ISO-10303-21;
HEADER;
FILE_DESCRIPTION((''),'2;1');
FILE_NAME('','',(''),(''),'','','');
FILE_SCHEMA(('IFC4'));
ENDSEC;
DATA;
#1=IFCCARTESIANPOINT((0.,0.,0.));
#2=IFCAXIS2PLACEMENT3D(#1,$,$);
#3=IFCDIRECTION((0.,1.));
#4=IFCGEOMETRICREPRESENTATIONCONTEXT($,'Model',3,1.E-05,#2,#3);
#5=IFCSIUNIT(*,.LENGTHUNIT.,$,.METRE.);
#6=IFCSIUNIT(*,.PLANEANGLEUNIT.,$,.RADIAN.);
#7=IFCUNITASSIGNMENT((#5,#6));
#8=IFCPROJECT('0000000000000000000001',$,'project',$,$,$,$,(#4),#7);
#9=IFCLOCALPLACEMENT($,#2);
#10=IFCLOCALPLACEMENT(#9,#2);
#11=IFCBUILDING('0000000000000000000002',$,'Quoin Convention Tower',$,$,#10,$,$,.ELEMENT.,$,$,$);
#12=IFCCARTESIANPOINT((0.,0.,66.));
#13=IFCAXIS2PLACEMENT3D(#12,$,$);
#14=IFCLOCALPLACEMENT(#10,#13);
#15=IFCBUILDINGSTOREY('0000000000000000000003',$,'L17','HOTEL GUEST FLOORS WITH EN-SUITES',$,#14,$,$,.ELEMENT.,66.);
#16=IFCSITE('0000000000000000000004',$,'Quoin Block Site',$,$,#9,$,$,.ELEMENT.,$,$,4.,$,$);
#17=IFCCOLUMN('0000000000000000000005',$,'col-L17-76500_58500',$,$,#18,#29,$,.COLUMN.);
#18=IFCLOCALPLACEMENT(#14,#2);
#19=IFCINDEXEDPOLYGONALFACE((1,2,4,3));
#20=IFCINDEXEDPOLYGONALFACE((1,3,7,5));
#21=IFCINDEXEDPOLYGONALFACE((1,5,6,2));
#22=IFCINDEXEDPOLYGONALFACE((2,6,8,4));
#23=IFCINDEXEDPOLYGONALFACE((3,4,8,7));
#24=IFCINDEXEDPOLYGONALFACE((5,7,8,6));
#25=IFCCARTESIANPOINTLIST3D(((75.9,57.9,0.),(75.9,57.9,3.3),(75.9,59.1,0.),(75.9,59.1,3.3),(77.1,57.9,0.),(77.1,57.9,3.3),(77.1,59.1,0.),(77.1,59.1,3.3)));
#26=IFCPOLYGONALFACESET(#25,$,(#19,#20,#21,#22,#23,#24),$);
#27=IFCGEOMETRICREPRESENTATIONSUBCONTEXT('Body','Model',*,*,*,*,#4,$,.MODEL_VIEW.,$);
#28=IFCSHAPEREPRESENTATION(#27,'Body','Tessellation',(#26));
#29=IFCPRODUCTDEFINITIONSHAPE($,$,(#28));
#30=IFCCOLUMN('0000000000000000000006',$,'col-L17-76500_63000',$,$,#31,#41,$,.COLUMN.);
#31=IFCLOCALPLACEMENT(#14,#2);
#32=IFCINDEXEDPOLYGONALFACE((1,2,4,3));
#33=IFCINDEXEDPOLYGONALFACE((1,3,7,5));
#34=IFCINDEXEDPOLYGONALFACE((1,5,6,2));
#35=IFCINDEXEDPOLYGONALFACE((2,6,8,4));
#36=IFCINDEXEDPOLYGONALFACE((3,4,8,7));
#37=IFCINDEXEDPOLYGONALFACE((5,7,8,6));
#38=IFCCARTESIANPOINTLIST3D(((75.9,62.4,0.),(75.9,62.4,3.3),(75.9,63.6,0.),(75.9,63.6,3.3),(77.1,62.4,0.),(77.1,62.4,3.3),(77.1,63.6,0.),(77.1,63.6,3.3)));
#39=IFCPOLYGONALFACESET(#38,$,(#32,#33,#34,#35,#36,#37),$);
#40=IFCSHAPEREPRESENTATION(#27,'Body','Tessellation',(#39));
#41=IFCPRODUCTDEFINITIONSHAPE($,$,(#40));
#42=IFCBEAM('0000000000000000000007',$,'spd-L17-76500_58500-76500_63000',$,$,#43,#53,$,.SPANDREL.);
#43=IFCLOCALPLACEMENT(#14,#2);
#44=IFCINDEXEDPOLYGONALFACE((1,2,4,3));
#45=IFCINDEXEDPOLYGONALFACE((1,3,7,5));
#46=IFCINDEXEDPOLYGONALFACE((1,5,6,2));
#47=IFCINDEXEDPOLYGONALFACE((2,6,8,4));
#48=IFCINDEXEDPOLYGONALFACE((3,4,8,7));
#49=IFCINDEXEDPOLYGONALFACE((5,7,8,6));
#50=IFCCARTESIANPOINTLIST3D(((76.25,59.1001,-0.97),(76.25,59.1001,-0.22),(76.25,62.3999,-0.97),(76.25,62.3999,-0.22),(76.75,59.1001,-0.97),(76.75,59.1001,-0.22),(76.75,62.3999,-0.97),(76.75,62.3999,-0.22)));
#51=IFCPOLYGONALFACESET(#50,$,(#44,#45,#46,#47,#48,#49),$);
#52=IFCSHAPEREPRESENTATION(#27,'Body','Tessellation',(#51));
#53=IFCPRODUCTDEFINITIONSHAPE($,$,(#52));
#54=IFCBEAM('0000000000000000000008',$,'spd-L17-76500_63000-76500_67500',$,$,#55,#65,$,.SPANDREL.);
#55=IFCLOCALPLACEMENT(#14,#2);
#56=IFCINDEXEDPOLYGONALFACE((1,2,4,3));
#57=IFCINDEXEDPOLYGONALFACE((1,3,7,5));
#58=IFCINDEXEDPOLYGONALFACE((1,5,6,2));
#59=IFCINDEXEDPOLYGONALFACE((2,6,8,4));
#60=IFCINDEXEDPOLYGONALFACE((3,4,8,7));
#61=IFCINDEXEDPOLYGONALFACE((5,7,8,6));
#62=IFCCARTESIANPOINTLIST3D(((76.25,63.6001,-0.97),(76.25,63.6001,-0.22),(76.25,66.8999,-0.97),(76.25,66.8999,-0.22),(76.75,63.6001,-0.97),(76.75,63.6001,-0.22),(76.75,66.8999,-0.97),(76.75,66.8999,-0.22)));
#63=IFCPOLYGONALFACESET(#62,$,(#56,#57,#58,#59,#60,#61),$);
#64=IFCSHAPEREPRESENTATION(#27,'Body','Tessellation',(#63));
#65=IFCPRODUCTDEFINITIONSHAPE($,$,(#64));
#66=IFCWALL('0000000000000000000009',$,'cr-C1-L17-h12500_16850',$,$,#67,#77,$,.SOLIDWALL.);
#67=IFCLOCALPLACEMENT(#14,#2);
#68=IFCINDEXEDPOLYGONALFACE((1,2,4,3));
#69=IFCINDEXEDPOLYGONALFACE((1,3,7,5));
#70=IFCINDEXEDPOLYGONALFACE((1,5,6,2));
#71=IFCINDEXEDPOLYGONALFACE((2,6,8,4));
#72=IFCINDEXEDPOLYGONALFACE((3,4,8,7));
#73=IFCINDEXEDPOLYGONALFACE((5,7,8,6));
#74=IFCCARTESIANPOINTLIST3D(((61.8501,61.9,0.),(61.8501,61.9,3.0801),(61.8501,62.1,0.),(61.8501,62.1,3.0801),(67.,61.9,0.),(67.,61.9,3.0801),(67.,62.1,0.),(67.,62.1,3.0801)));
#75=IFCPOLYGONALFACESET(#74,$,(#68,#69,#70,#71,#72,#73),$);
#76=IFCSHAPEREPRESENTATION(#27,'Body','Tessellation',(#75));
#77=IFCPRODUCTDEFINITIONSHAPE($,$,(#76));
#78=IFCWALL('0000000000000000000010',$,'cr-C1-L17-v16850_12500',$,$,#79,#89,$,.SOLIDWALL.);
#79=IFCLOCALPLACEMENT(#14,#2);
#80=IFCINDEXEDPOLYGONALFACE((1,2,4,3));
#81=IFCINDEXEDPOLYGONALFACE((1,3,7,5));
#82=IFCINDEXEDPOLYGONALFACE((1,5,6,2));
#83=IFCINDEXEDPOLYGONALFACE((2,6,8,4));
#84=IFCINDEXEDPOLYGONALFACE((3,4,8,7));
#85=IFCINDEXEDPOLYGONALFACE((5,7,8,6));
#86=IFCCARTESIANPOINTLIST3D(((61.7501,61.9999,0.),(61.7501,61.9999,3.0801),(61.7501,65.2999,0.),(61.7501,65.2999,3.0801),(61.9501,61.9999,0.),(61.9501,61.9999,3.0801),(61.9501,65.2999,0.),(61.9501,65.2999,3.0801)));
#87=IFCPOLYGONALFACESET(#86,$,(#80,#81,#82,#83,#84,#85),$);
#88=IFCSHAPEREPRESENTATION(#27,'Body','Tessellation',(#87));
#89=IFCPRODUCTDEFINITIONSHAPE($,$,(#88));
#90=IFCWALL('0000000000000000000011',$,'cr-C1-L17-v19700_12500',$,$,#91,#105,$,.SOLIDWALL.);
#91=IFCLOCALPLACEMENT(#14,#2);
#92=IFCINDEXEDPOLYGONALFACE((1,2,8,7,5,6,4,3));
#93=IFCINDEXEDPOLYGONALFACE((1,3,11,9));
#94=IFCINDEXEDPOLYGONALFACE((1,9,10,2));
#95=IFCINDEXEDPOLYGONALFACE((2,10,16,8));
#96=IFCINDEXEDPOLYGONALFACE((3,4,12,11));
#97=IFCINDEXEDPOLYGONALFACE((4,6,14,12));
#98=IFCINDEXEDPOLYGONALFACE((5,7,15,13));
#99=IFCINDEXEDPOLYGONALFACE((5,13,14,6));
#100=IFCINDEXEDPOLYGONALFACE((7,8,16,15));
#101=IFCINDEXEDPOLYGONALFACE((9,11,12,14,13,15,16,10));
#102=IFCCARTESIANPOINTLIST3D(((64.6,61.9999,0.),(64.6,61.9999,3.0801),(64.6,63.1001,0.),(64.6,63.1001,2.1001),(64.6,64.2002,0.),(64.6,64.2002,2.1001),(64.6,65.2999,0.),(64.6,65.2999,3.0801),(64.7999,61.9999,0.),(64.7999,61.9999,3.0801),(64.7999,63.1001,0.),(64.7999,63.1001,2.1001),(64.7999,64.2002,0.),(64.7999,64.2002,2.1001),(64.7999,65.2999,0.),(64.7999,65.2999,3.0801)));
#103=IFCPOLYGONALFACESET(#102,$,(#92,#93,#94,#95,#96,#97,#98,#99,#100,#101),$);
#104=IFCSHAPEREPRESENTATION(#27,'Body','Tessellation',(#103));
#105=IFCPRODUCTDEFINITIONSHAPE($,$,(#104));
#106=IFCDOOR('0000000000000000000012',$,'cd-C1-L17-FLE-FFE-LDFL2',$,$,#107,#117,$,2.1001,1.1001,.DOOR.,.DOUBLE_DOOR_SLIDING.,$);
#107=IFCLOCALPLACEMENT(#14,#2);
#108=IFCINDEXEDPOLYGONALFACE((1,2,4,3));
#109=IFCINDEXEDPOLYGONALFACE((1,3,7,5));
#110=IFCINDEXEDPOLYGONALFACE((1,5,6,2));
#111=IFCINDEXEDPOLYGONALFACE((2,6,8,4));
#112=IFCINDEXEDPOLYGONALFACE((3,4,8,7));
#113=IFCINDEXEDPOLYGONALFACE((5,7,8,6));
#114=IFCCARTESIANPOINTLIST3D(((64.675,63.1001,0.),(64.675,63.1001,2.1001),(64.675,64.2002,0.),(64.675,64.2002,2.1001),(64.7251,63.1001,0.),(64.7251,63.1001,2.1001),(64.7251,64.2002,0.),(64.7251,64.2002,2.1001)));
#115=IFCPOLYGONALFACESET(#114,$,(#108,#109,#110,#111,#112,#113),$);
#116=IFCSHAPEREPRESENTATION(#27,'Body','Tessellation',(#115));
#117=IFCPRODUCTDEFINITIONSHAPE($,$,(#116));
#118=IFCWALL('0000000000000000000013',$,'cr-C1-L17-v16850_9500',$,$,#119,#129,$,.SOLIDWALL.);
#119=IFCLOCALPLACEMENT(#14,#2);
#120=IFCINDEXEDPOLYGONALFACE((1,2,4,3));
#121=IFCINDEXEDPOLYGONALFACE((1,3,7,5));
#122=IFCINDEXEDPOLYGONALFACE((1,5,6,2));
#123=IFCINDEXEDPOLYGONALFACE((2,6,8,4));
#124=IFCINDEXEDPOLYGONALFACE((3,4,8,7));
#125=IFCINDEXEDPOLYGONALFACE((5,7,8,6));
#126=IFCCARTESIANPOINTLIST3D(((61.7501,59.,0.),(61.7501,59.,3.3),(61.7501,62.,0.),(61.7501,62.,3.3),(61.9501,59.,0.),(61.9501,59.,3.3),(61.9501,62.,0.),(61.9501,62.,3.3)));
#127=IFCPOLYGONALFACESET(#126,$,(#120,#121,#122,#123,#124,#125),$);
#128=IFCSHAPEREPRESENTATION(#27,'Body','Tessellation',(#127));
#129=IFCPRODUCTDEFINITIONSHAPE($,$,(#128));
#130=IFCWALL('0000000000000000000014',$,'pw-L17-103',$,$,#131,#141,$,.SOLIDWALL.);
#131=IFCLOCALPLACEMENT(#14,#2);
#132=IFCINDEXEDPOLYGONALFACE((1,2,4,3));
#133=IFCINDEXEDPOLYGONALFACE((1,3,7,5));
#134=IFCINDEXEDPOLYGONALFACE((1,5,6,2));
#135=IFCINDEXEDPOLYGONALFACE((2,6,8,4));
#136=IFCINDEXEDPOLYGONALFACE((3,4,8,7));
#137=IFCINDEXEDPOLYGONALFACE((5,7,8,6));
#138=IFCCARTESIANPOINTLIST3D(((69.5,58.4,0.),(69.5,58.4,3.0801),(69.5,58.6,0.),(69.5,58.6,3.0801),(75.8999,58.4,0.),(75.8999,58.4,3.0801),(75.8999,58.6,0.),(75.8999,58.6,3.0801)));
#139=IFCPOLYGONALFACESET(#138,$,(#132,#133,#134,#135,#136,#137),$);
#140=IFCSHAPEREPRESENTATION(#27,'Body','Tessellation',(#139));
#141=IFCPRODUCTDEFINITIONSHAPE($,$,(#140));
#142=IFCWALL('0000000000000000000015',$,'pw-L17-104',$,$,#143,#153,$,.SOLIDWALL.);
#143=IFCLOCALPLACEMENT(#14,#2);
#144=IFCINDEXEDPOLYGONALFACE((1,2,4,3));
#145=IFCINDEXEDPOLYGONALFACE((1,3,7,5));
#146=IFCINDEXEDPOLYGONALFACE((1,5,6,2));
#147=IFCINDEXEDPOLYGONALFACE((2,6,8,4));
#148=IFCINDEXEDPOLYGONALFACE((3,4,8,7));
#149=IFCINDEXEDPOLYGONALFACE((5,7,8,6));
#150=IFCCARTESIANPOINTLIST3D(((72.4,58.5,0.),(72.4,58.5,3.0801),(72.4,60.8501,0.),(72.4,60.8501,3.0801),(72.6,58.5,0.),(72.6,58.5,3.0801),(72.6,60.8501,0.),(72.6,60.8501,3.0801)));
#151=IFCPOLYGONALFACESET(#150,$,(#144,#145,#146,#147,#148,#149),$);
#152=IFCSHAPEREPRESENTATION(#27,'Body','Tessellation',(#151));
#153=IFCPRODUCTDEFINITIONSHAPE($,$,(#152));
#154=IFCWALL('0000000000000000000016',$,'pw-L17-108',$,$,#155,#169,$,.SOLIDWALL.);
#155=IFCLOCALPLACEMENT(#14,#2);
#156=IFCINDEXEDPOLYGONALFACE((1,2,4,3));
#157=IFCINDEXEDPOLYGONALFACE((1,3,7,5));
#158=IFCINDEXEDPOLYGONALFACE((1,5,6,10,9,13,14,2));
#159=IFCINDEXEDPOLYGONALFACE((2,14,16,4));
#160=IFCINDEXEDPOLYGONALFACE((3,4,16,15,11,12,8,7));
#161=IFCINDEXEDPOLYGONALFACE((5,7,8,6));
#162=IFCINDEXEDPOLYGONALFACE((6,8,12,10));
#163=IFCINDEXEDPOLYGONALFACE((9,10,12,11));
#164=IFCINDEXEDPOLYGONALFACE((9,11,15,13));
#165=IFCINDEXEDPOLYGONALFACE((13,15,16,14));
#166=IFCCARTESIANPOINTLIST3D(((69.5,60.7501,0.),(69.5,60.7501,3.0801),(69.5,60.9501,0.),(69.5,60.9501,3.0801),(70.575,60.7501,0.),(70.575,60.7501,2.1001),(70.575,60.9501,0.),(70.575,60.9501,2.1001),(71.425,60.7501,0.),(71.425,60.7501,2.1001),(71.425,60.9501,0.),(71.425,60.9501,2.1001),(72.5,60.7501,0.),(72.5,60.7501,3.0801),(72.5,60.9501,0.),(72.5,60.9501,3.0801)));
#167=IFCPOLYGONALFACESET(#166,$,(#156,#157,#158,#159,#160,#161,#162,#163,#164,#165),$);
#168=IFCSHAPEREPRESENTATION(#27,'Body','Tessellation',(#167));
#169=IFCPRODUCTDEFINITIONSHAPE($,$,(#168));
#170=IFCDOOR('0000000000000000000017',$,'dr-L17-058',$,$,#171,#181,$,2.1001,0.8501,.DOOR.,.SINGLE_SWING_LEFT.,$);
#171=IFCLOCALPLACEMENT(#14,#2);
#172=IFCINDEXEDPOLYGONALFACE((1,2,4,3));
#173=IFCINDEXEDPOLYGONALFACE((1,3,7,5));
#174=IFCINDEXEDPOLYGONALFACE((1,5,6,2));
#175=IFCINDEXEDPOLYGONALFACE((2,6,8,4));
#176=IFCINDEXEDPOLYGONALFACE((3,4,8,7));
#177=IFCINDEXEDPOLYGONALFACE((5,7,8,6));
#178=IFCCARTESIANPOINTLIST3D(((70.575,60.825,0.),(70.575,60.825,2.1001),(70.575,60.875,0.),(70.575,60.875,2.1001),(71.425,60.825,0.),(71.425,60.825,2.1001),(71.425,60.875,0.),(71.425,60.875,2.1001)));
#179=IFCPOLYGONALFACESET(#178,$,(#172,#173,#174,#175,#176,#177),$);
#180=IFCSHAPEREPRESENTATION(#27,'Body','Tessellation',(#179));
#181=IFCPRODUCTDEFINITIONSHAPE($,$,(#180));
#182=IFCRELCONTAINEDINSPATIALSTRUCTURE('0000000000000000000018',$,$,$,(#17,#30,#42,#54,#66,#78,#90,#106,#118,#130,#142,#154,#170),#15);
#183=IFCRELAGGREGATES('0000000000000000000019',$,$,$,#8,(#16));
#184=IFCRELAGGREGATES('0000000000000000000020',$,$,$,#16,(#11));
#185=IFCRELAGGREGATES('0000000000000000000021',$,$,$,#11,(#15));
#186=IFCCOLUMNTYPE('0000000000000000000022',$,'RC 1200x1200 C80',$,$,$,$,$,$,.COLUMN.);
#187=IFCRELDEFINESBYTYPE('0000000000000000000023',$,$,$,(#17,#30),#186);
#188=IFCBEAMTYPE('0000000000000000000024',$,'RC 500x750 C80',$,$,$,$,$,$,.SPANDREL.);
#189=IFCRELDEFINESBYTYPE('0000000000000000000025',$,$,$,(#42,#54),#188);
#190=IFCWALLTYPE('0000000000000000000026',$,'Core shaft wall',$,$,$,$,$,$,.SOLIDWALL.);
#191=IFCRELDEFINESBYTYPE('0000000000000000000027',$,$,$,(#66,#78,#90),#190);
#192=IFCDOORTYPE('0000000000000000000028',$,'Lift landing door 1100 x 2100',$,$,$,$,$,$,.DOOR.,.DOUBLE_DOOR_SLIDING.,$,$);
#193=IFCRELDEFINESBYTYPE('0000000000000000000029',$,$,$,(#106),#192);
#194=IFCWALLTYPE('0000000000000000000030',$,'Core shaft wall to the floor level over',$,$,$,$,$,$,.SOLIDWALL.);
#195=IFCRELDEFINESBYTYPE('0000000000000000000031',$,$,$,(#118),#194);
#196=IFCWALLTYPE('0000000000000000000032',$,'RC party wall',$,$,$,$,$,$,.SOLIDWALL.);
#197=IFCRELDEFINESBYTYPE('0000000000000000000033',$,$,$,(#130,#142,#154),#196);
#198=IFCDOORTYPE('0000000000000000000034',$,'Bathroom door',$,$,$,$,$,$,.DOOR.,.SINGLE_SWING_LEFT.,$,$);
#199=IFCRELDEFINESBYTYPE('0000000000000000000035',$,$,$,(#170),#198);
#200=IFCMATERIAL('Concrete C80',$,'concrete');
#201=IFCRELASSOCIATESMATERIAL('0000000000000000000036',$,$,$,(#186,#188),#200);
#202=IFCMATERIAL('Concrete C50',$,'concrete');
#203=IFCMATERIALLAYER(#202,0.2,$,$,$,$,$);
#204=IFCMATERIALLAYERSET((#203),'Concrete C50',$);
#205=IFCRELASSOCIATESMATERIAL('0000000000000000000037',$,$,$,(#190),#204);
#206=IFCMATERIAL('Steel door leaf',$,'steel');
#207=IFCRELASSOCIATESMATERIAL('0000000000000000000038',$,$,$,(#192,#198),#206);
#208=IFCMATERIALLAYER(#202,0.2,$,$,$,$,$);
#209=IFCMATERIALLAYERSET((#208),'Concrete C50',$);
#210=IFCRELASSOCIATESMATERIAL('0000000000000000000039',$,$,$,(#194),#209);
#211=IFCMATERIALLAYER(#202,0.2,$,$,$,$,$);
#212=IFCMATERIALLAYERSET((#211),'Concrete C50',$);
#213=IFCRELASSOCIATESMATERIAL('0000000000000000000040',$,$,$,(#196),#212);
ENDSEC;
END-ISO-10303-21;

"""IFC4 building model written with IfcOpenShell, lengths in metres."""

from ifc_helpers import new_model, si_unit, direction, frame, frame_2d, origin, origin_2d, place, context, subcontext, project, spatial, rectangle, extrude, material, layer, layer_set, material_profile, profile_set, type_object, element, fill, save


model = new_model("IFC4")

# Units and contexts
model_context = context("Model", 3, precision=1e-05, world=origin(), true_north=direction((0.0, 1.0)))
body_context = subcontext(model_context, "Body", "Model", "MODEL_VIEW")
ifc_project = project(units=[si_unit("LENGTHUNIT", "METRE"), si_unit("PLANEANGLEUNIT", "RADIAN")], contexts=[model_context])

# Site, building, storey
site_placement = place(None, origin())
site = spatial("IfcSite", under=ifc_project, at=site_placement, Name="Quoin Block Site", CompositionType="ELEMENT", RefElevation=4.0)
building_placement = place(site_placement, origin())
building = spatial("IfcBuilding", under=site, at=building_placement, Name="Quoin Convention Tower", CompositionType="ELEMENT")
storey_placement = place(building_placement, frame((0.0, 0.0, 66.0)))
storey = spatial("IfcBuildingStorey", under=building, at=storey_placement, Name="L17", Description="HOTEL GUEST FLOORS WITH EN-SUITES", CompositionType="ELEMENT", Elevation=66.0)

# Columns
ifc_material_1 = material(Name="Concrete C80", Category="concrete")
ifc_material_profile_1 = material_profile(ifc_material_1, rectangle(XDim=1.2, YDim=1.2, at=origin_2d()), Name="RC 1200x1200")
ifc_profile_set_1 = profile_set([ifc_material_profile_1], Name="Concrete C80")
column_type = type_object("IfcColumnType", Name="RC 1200x1200 C80", PredefinedType="COLUMN", material=ifc_profile_set_1)
for number, where, z_axis, x_axis, name in (
    (1, (76.5, 58.5, 0.0), (0.0, 0.0, 1.0), (1.0, 0.0, 0.0), "col-L17-76500_58500"),
    (2, (76.5, 63.0, 0.0), (0.0, 0.0, 1.0), (1.0, 0.0, 0.0), "col-L17-76500_63000"),
):
    element("IfcColumn", number, at=place(storey_placement, frame(where, z_axis=z_axis, x_axis=x_axis)), inside=storey, type_object=column_type, Name=name, PredefinedType="COLUMN", context=body_context, shape_type="SweptSolid", body=[
        extrude(rectangle(XDim=1.2, YDim=1.2, at=origin_2d()), origin(), (0.0, 0.0, 1.0), 3.3),
    ])

# Beams
ifc_material_profile_2 = material_profile(ifc_material_1, rectangle(XDim=0.5, YDim=0.75, at=origin_2d()), Name="RC 500x750")
ifc_profile_set_2 = profile_set([ifc_material_profile_2], Name="Concrete C80")
beam_type = type_object("IfcBeamType", Name="RC 500x750 C80", PredefinedType="SPANDREL", material=ifc_profile_set_2)
for number, where, z_axis, x_axis, name in (
    (3, (76.5, 59.1001, -0.595), (0.0, 1.0, 0.0), (-1.0, 0.0, 0.0), "spd-L17-76500_58500-76500_63000"),
    (4, (76.5, 63.6001, -0.595), (0.0, 1.0, 0.0), (-1.0, 0.0, 0.0), "spd-L17-76500_63000-76500_67500"),
):
    element("IfcBeam", number, at=place(storey_placement, frame(where, z_axis=z_axis, x_axis=x_axis)), inside=storey, type_object=beam_type, Name=name, PredefinedType="SPANDREL", context=body_context, shape_type="SweptSolid", body=[
        extrude(rectangle(XDim=0.5, YDim=0.75, at=origin_2d()), origin(), (0.0, 0.0, 1.0), 3.2998),
    ])

# Walls
ifc_material_2 = material(Name="Concrete C50", Category="concrete")
ifc_layer_1 = layer(ifc_material_2, 0.2)
ifc_layer_set_1 = layer_set([ifc_layer_1], Name="Concrete C50")
wall_type_1 = type_object("IfcWallType", Name="Core shaft wall", PredefinedType="SOLIDWALL", material=ifc_layer_set_1)
wall_1_placement = place(storey_placement, frame((61.8501, 62.0, 0.0), z_axis=(0.0, 0.0, 1.0), x_axis=(1.0, 0.0, 0.0)))
element("IfcWall", 5, at=wall_1_placement, inside=storey, type_object=wall_type_1, Name="cr-C1-L17-h12500_16850", PredefinedType="SOLIDWALL", context=body_context, shape_type="SweptSolid", body=[
    extrude(rectangle(XDim=5.1499, YDim=0.2, at=frame_2d((2.575, 0.0))), origin(), (0.0, 0.0, 1.0), 3.0801),
])
wall_2_placement = place(storey_placement, frame((61.8501, 62.0, 0.0), z_axis=(0.0, 0.0, 1.0), x_axis=(0.0, 1.0, 0.0)))
element("IfcWall", 6, at=wall_2_placement, inside=storey, type_object=wall_type_1, Name="cr-C1-L17-v16850_12500", PredefinedType="SOLIDWALL", context=body_context, shape_type="SweptSolid", body=[
    extrude(rectangle(XDim=3.3, YDim=0.2, at=frame_2d((1.6499, 0.0))), origin(), (0.0, 0.0, 1.0), 3.0801),
])

# Wall, opening, door
wall_3_placement = place(storey_placement, frame((64.7, 62.0, 0.0), z_axis=(0.0, 0.0, 1.0), x_axis=(0.0, 1.0, 0.0)))
wall_3 = element("IfcWall", 7, at=wall_3_placement, inside=storey, type_object=wall_type_1, Name="cr-C1-L17-v19700_12500", PredefinedType="SOLIDWALL", context=body_context, shape_type="SweptSolid", body=[
    extrude(rectangle(XDim=3.3, YDim=0.2, at=frame_2d((1.6499, 0.0))), origin(), (0.0, 0.0, 1.0), 3.0801),
])
opening_1_placement = place(wall_3_placement, frame((1.1001, 0.0, 0.0)))
opening_1 = element("IfcOpeningElement", 8, at=opening_1_placement, cuts=wall_3, PredefinedType="OPENING", context=body_context, shape_type="SweptSolid", body=[
    extrude(rectangle(XDim=1.1001, YDim=2.1001, at=frame_2d((0.55, 1.05))), frame((0.0, 0.1099, 0.0), z_axis=(0.0, -1.0, 0.0), x_axis=(1.0, 0.0, 0.0)), (0.0, 0.0, 1.0), 0.22),
])
ifc_material_3 = material(Name="Steel door leaf", Category="steel")
door_type_1 = type_object("IfcDoorType", Name="Lift landing door 1100 x 2100", OperationType="DOUBLE_DOOR_SLIDING", PredefinedType="DOOR", material=ifc_material_3)
door_1_placement = place(opening_1_placement, origin())
door_1 = element("IfcDoor", 9, at=door_1_placement, inside=storey, type_object=door_type_1, Name="cd-C1-L17-FLE-FFE-LDFL2", OperationType="DOUBLE_DOOR_SLIDING", OverallHeight=2.1001, OverallWidth=1.1001, PredefinedType="DOOR", context=body_context, shape_type="SweptSolid", body=[
    extrude(rectangle(XDim=1.1001, YDim=2.1001, at=frame_2d((0.55, 1.05))), frame((0.0, 0.0249, 0.0), z_axis=(0.0, -1.0, 0.0), x_axis=(1.0, 0.0, 0.0)), (0.0, 0.0, 1.0), 0.05),
])
fill(opening_1, door_1)

# Walls
ifc_layer_2 = layer(ifc_material_2, 0.2)
ifc_layer_set_2 = layer_set([ifc_layer_2], Name="Concrete C50")
wall_type_2 = type_object("IfcWallType", Name="Core shaft wall to the floor level over", PredefinedType="SOLIDWALL", material=ifc_layer_set_2)
wall_4_placement = place(storey_placement, frame((61.8501, 59.0, 0.0), z_axis=(0.0, 0.0, 1.0), x_axis=(0.0, 1.0, 0.0)))
element("IfcWall", 10, at=wall_4_placement, inside=storey, type_object=wall_type_2, Name="cr-C1-L17-v16850_9500", PredefinedType="SOLIDWALL", context=body_context, shape_type="SweptSolid", body=[
    extrude(rectangle(XDim=3.0, YDim=0.2, at=frame_2d((1.5, 0.0))), origin(), (0.0, 0.0, 1.0), 3.3),
])
ifc_layer_3 = layer(ifc_material_2, 0.2)
ifc_layer_set_3 = layer_set([ifc_layer_3], Name="Concrete C50")
wall_type_3 = type_object("IfcWallType", Name="RC party wall", PredefinedType="SOLIDWALL", material=ifc_layer_set_3)
wall_5_placement = place(storey_placement, frame((69.5, 58.5, 0.0), z_axis=(0.0, 0.0, 1.0), x_axis=(1.0, 0.0, 0.0)))
element("IfcWall", 11, at=wall_5_placement, inside=storey, type_object=wall_type_3, Name="pw-L17-103", PredefinedType="SOLIDWALL", context=body_context, shape_type="SweptSolid", body=[
    extrude(rectangle(XDim=6.3999, YDim=0.2, at=frame_2d((3.2, 0.0))), origin(), (0.0, 0.0, 1.0), 3.0801),
])
wall_6_placement = place(storey_placement, frame((72.5, 58.5, 0.0), z_axis=(0.0, 0.0, 1.0), x_axis=(0.0, 1.0, 0.0)))
element("IfcWall", 12, at=wall_6_placement, inside=storey, type_object=wall_type_3, Name="pw-L17-104", PredefinedType="SOLIDWALL", context=body_context, shape_type="SweptSolid", body=[
    extrude(rectangle(XDim=2.3501, YDim=0.2, at=frame_2d((1.175, 0.0))), origin(), (0.0, 0.0, 1.0), 3.0801),
])

# Wall, opening, door
wall_7_placement = place(storey_placement, frame((69.5, 60.8501, 0.0), z_axis=(0.0, 0.0, 1.0), x_axis=(1.0, 0.0, 0.0)))
wall_7 = element("IfcWall", 13, at=wall_7_placement, inside=storey, type_object=wall_type_3, Name="pw-L17-108", PredefinedType="SOLIDWALL", context=body_context, shape_type="SweptSolid", body=[
    extrude(rectangle(XDim=3.0, YDim=0.2, at=frame_2d((1.5, 0.0))), origin(), (0.0, 0.0, 1.0), 3.0801),
])
opening_2_placement = place(wall_7_placement, frame((1.075, 0.0, 0.0)))
opening_2 = element("IfcOpeningElement", 14, at=opening_2_placement, cuts=wall_7, PredefinedType="OPENING", context=body_context, shape_type="SweptSolid", body=[
    extrude(rectangle(XDim=0.8501, YDim=2.1001, at=frame_2d((0.425, 1.05))), frame((0.0, 0.1099, 0.0), z_axis=(0.0, -1.0, 0.0), x_axis=(1.0, 0.0, 0.0)), (0.0, 0.0, 1.0), 0.22),
])
door_type_2 = type_object("IfcDoorType", Name="Bathroom door", OperationType="SINGLE_SWING_LEFT", PredefinedType="DOOR", material=ifc_material_3)
door_2_placement = place(opening_2_placement, origin())
door_2 = element("IfcDoor", 15, at=door_2_placement, inside=storey, type_object=door_type_2, Name="dr-L17-058", OperationType="SINGLE_SWING_LEFT", OverallHeight=2.1001, OverallWidth=0.8501, PredefinedType="DOOR", context=body_context, shape_type="SweptSolid", body=[
    extrude(rectangle(XDim=0.8501, YDim=2.1001, at=frame_2d((0.425, 1.05))), frame((0.0, 0.0249, 0.0), z_axis=(0.0, -1.0, 0.0), x_axis=(1.0, 0.0, 0.0)), (0.0, 0.0, 1.0), 0.05),
])
fill(opening_2, door_2)

save(model, "model.ifc")
